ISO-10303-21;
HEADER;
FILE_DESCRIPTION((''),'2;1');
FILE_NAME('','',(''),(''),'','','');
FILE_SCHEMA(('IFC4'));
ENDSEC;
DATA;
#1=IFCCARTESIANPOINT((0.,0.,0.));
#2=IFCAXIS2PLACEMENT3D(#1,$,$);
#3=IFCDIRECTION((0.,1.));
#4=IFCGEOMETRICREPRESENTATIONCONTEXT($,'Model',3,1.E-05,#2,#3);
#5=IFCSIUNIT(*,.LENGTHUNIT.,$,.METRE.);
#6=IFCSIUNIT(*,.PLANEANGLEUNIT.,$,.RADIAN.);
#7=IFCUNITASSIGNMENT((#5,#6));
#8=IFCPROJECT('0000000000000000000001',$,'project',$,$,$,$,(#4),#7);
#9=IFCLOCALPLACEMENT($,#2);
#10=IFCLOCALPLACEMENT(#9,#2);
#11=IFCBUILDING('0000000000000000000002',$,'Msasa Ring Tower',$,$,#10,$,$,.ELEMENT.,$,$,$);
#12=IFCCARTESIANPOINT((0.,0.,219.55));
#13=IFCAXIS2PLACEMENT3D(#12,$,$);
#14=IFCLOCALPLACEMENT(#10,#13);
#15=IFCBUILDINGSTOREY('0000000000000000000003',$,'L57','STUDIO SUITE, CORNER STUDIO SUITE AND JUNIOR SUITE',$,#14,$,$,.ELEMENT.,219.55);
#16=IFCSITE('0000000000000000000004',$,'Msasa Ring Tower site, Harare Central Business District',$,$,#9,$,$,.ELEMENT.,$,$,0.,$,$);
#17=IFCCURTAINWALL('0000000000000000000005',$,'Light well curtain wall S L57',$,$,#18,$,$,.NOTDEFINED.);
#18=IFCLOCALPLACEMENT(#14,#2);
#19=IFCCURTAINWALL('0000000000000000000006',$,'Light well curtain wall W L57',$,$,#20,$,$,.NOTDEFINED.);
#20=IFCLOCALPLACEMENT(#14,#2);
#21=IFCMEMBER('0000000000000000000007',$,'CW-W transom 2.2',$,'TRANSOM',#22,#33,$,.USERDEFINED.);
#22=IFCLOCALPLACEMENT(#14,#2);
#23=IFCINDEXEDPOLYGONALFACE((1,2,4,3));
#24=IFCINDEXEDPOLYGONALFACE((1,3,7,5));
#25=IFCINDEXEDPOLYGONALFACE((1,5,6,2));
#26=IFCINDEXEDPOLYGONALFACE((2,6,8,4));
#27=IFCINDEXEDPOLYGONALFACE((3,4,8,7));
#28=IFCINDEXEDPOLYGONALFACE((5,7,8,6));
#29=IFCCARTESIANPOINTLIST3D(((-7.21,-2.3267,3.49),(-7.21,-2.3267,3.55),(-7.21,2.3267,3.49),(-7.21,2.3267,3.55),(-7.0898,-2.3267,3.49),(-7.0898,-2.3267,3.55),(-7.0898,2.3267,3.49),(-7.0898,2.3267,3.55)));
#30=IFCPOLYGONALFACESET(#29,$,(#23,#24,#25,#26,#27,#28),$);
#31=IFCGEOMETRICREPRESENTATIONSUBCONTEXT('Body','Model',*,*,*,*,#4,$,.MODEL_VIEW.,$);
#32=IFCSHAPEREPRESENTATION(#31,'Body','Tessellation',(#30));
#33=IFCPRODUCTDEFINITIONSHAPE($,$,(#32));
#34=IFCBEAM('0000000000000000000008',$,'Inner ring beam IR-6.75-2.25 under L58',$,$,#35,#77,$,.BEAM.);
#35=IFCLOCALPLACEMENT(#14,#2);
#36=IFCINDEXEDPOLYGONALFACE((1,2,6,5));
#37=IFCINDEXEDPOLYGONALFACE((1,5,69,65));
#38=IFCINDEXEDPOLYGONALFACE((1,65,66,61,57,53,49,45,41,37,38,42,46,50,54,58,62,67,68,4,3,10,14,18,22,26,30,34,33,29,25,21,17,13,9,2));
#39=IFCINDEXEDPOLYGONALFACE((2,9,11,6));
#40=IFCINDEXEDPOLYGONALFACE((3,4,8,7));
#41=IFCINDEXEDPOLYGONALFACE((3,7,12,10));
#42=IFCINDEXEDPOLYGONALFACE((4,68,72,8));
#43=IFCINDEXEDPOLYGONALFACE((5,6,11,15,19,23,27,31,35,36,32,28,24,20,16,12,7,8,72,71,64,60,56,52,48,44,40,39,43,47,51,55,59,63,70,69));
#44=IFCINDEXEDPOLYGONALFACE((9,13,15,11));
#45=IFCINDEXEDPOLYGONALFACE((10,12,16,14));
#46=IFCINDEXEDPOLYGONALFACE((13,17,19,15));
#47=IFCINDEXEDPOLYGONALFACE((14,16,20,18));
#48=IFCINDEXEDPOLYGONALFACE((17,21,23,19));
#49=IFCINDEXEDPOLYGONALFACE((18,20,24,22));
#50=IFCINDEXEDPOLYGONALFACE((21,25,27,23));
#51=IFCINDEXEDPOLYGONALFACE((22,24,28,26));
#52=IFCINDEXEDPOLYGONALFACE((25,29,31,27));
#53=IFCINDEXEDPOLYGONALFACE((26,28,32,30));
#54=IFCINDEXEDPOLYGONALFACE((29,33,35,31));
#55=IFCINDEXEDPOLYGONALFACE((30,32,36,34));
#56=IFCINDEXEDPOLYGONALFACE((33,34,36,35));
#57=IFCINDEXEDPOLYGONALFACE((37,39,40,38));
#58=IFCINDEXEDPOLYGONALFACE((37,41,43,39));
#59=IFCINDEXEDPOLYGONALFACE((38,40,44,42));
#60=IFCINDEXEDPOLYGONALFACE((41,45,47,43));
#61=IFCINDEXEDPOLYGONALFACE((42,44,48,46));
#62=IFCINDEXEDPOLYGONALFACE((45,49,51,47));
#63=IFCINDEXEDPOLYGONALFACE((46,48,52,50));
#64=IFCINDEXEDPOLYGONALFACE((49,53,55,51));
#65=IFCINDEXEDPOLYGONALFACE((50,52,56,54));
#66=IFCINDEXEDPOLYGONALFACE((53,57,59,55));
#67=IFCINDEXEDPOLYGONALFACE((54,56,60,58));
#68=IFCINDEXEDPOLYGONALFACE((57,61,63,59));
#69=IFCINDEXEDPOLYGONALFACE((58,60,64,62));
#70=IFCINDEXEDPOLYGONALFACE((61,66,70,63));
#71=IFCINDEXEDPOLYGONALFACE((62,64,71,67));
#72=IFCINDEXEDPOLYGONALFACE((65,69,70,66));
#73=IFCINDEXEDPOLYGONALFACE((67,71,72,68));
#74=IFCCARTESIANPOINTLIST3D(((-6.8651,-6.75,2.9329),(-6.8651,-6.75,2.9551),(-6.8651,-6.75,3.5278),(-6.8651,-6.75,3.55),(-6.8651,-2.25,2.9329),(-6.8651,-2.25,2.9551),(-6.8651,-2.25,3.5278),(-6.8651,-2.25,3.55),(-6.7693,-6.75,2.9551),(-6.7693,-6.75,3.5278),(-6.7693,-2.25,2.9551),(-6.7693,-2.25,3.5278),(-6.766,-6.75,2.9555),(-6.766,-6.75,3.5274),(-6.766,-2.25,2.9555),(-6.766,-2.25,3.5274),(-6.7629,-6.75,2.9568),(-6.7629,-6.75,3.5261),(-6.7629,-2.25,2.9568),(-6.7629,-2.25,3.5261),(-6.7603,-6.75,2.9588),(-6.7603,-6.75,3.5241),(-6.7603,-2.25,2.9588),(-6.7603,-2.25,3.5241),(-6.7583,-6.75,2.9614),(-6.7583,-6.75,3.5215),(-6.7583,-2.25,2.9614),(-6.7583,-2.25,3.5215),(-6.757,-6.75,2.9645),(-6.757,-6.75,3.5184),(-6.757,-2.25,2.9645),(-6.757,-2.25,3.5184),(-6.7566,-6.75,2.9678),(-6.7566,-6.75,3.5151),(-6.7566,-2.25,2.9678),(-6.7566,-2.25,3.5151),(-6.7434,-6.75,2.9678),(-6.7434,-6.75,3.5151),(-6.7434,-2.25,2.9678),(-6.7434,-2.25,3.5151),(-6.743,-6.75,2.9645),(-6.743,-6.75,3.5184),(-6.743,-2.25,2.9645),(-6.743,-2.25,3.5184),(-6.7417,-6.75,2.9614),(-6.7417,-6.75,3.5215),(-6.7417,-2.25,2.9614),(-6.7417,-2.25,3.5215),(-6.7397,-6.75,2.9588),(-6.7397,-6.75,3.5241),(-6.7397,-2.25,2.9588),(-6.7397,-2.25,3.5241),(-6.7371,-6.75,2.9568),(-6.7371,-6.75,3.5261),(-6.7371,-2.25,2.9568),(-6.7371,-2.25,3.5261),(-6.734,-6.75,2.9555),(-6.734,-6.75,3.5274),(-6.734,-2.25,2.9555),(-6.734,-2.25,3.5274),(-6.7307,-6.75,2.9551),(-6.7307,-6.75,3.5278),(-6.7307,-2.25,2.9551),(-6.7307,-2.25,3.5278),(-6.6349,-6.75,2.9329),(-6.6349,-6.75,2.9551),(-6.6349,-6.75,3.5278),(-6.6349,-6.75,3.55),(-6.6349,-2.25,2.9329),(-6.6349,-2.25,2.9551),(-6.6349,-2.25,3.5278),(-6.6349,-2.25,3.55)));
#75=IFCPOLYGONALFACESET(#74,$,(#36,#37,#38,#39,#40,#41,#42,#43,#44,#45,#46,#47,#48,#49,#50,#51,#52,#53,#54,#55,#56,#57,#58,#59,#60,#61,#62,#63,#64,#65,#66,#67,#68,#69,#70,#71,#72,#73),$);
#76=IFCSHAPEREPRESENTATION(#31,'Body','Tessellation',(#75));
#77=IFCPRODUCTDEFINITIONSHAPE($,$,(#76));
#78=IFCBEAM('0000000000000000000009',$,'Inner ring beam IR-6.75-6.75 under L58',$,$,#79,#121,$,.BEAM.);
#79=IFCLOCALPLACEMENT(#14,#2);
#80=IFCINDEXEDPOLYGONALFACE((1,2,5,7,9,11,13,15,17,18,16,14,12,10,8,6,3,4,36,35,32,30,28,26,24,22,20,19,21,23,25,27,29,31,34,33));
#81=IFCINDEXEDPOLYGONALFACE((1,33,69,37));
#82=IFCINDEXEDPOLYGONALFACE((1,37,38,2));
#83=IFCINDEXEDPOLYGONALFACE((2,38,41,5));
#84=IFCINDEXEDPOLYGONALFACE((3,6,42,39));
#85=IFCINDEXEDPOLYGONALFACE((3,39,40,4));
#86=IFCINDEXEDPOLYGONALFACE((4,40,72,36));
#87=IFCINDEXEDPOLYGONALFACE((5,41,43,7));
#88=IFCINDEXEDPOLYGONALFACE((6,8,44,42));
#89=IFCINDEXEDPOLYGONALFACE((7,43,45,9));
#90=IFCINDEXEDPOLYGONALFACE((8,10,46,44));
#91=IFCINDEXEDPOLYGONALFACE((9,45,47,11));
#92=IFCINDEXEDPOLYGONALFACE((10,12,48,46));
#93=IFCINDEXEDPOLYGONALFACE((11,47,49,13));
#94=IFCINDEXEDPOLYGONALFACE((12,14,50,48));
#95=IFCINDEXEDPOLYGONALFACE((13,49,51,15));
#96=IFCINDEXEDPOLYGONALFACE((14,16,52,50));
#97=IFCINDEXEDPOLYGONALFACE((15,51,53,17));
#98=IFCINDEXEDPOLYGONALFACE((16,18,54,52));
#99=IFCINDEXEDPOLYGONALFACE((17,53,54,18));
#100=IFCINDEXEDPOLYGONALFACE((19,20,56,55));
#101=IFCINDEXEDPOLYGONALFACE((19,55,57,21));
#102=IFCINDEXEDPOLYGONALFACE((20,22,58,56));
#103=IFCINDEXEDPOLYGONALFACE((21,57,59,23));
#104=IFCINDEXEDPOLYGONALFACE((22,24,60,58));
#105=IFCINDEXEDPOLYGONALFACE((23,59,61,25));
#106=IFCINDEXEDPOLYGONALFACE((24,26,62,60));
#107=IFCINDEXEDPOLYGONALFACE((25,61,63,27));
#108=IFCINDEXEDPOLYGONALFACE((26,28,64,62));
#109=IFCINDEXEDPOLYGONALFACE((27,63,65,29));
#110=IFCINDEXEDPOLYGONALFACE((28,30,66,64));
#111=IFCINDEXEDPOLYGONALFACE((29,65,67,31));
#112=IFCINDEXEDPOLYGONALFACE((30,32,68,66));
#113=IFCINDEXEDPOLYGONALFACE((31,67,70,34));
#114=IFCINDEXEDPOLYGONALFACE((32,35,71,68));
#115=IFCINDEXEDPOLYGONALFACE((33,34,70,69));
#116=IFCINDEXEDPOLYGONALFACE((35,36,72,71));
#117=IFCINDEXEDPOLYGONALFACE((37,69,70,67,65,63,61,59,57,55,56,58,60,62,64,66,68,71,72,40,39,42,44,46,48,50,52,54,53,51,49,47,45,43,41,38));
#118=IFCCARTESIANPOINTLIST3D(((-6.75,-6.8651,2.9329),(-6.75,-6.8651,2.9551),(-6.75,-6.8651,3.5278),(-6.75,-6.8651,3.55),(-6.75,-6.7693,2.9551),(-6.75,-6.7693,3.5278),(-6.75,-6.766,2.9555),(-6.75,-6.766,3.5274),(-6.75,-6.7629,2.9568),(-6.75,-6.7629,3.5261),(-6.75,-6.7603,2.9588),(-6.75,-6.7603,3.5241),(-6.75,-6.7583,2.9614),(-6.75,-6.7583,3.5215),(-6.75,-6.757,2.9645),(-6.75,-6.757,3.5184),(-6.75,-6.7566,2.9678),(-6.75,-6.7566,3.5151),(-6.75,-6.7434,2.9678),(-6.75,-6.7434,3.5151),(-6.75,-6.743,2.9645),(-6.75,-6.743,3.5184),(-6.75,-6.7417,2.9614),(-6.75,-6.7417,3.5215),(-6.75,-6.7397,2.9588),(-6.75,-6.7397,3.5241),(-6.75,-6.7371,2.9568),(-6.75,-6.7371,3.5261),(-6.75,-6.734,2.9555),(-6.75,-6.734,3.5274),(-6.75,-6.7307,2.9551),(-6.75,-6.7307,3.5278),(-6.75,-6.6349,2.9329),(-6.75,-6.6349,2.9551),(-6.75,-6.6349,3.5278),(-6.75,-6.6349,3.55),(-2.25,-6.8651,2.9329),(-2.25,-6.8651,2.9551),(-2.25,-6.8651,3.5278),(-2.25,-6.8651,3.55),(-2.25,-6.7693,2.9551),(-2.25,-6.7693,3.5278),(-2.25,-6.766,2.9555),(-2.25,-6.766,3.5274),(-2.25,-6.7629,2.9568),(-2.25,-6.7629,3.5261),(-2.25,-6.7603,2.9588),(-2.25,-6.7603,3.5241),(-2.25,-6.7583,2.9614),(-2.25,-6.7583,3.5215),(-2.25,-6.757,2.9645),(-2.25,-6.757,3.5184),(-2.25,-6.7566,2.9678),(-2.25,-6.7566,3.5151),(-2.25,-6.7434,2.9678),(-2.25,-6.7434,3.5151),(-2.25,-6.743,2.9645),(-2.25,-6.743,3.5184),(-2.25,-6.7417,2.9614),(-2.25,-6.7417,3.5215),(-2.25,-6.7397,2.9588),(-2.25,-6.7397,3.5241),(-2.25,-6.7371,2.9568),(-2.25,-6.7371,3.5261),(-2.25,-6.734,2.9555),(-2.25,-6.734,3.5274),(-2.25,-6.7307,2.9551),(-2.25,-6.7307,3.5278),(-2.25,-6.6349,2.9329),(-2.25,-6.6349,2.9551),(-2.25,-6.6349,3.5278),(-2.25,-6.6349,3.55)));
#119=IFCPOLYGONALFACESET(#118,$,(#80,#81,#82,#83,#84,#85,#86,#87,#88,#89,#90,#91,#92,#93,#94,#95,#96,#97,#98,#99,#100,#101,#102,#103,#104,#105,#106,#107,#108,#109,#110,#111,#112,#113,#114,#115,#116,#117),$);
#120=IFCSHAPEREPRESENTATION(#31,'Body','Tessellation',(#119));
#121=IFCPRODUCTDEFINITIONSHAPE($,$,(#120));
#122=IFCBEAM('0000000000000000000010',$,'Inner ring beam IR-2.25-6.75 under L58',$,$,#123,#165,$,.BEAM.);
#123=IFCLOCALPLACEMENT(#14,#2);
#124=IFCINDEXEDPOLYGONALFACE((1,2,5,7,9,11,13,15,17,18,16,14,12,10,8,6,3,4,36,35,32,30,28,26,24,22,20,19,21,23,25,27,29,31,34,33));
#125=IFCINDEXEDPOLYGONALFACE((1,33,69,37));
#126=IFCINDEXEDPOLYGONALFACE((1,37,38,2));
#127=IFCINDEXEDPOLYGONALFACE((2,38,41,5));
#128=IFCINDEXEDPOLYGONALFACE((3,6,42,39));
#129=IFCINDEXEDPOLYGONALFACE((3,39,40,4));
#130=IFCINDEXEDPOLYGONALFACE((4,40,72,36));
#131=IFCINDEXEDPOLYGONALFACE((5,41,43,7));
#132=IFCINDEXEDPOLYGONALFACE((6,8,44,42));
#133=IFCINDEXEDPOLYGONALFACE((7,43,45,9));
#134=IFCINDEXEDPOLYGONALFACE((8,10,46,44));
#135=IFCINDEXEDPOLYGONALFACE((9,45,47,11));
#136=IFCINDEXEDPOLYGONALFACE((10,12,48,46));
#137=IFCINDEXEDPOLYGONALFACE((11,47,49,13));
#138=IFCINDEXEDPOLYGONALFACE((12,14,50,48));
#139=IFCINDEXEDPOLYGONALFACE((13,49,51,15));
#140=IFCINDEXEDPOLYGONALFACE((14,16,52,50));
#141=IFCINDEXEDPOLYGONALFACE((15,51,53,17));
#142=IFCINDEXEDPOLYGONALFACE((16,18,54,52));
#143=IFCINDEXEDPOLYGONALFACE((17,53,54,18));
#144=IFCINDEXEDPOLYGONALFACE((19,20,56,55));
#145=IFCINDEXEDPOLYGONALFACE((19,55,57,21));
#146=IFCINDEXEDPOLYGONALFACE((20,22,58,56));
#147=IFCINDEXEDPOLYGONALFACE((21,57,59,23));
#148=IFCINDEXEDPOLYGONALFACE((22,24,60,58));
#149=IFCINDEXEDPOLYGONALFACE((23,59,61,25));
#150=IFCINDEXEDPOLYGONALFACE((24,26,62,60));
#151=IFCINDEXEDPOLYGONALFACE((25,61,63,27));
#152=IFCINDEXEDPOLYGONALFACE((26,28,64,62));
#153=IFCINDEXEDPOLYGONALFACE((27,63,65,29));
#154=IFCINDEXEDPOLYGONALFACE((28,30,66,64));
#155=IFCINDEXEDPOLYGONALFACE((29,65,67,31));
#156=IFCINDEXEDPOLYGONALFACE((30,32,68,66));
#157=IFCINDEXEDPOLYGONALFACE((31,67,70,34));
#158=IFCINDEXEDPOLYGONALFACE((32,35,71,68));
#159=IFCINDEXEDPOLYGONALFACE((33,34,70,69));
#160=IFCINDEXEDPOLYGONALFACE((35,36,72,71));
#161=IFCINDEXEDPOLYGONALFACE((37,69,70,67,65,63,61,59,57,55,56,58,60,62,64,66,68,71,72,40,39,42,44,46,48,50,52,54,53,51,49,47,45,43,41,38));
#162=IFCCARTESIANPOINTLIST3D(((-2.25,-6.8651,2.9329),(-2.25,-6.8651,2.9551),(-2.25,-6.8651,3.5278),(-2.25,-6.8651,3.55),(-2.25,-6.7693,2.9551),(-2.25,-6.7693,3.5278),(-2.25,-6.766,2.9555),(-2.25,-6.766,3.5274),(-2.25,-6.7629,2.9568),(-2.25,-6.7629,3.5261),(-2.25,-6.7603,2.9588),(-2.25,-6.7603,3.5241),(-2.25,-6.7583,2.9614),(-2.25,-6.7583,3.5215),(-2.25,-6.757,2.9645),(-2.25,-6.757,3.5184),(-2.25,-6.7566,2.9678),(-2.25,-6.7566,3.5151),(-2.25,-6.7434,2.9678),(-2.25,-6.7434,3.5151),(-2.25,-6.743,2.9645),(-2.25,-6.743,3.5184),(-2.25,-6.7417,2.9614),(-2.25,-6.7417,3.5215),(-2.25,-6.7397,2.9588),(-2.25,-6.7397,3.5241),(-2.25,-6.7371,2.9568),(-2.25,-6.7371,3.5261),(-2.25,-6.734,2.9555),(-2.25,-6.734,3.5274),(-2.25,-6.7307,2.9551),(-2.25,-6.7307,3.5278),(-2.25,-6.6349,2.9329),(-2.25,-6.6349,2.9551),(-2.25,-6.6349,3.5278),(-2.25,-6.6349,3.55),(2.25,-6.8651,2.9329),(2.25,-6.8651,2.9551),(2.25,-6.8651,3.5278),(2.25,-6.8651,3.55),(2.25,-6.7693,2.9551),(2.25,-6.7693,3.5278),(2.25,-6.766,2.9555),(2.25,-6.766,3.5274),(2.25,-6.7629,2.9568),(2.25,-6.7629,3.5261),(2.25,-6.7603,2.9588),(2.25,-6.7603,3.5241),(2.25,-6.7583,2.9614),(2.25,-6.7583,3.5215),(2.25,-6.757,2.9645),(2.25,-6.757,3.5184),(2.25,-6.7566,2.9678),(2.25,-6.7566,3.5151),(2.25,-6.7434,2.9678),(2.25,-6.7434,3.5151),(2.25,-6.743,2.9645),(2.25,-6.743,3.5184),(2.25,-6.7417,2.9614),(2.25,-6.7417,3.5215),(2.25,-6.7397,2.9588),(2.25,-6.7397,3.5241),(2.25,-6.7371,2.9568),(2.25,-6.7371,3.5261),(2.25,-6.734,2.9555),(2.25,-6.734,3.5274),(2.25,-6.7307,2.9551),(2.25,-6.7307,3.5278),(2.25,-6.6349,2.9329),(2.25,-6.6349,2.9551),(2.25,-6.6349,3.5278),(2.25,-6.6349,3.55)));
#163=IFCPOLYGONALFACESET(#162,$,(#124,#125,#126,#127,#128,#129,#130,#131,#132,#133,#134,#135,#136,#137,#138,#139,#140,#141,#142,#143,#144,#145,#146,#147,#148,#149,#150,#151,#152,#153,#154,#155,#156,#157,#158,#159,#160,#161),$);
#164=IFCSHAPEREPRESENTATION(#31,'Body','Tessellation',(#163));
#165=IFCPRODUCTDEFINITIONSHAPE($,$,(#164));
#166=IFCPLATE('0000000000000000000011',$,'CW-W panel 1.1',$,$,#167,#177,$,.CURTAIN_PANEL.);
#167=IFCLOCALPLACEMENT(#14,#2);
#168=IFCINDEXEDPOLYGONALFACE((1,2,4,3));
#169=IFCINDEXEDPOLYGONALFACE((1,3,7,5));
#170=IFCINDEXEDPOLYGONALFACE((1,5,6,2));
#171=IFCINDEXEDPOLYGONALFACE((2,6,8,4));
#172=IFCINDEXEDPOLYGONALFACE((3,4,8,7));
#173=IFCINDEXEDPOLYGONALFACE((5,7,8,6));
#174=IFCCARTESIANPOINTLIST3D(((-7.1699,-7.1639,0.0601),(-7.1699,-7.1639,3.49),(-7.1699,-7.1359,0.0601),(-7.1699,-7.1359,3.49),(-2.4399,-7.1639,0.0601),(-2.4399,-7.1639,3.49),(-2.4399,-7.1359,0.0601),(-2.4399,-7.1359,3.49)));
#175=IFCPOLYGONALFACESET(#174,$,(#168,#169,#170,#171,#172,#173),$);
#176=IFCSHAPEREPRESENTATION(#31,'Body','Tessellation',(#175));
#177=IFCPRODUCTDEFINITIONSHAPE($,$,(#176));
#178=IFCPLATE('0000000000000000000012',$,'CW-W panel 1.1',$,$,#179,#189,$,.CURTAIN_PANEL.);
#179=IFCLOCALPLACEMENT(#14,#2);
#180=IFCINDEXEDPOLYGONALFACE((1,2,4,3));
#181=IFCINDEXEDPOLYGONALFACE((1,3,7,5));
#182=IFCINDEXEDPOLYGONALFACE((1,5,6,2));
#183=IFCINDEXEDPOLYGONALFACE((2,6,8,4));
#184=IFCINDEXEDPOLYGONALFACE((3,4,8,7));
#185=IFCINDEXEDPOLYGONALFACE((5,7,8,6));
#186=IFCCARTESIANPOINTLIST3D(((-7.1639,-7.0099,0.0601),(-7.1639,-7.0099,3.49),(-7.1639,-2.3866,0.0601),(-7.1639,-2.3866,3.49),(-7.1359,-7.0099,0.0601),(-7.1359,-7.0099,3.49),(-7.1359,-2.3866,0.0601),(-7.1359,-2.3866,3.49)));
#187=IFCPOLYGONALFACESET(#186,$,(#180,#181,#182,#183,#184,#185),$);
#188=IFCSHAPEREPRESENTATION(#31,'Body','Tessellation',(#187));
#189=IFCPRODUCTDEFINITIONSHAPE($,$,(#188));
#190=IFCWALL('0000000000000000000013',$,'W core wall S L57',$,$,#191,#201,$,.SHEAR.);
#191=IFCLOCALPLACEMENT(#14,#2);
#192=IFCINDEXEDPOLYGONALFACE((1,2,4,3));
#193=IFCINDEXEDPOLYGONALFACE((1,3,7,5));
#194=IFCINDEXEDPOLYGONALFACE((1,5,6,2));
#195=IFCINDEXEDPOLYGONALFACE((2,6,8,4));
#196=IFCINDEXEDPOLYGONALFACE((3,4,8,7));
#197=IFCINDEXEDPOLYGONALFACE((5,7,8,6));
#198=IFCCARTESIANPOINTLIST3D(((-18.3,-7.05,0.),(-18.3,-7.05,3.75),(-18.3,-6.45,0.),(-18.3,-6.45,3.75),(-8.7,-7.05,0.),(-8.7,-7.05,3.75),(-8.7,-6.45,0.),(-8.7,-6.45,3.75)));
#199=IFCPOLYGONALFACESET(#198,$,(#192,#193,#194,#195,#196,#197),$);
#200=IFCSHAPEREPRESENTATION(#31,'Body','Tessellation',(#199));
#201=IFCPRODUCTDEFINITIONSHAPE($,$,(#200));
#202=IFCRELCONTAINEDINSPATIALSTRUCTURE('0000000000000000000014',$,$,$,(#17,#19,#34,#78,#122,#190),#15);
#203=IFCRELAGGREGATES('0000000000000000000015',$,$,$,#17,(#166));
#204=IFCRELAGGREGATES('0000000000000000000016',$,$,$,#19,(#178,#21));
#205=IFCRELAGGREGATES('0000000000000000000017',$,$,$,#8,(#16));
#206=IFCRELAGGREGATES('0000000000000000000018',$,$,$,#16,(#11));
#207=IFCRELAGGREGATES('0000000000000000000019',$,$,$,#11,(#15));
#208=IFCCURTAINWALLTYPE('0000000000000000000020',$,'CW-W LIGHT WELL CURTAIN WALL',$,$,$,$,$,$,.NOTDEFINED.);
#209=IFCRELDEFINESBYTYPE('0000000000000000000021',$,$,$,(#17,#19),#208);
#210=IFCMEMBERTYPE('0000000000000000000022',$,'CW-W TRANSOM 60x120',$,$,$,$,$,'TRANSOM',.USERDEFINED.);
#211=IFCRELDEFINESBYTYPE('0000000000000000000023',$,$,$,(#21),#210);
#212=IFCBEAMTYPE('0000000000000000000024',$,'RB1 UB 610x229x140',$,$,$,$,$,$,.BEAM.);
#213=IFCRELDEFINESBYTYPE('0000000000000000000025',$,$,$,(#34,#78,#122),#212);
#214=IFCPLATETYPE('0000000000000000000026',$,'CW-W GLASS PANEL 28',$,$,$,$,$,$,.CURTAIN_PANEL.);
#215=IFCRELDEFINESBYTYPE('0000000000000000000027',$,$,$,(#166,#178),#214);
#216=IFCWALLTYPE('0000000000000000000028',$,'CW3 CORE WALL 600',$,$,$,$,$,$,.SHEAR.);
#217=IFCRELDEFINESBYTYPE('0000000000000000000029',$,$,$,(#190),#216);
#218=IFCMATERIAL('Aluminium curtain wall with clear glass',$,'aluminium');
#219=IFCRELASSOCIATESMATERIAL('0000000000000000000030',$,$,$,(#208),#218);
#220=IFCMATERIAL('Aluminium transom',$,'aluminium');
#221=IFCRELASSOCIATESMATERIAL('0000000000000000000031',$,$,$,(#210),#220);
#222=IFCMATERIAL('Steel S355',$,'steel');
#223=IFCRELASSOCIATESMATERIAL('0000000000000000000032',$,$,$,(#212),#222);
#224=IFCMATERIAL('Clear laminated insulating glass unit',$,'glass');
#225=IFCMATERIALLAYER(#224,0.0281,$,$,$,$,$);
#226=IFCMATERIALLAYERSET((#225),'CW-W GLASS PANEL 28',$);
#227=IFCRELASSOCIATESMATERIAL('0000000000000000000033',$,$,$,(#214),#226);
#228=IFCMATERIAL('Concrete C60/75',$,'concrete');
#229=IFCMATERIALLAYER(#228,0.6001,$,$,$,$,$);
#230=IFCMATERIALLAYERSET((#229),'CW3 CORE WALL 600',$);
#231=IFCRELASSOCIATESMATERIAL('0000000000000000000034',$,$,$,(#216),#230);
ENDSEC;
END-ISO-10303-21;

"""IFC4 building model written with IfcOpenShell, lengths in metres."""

from ifc_helpers import new_model, si_unit, direction, frame, frame_2d, origin, origin_2d, place, context, subcontext, project, spatial, rectangle, i_section, extrude, material, layer, layer_set, material_profile, profile_set, type_object, element, aggregate, save


model = new_model("IFC4")

# Units and contexts
model_context = context("Model", 3, precision=1e-05, world=origin(), true_north=direction((0.0, 1.0)))
body_context = subcontext(model_context, "Body", "Model", "MODEL_VIEW")
ifc_project = project(units=[si_unit("LENGTHUNIT", "METRE"), si_unit("PLANEANGLEUNIT", "RADIAN")], contexts=[model_context])

# Site, building, storey
site_placement = place(None, origin())
site = spatial("IfcSite", under=ifc_project, at=site_placement, Name="Msasa Ring Tower site, Harare Central Business District", CompositionType="ELEMENT", RefElevation=0.0)
building_placement = place(site_placement, origin())
building = spatial("IfcBuilding", under=site, at=building_placement, Name="Msasa Ring Tower", CompositionType="ELEMENT")
storey_placement = place(building_placement, frame((0.0, 0.0, 219.55)))
storey = spatial("IfcBuildingStorey", under=building, at=storey_placement, Name="L57", Description="STUDIO SUITE, CORNER STUDIO SUITE AND JUNIOR SUITE", CompositionType="ELEMENT", Elevation=219.55)

# Curtain walls
ifc_material_1 = material(Name="Aluminium curtain wall with clear glass", Category="aluminium")
curtain_wall_type = type_object("IfcCurtainWallType", Name="CW-W LIGHT WELL CURTAIN WALL", PredefinedType="NOTDEFINED", material=ifc_material_1)
curtain_wall_1_placement = place(storey_placement, origin())
curtain_wall_1 = element("IfcCurtainWall", 1, at=curtain_wall_1_placement, inside=storey, type_object=curtain_wall_type, Name="Light well curtain wall S L57", PredefinedType="NOTDEFINED")
curtain_wall_2_placement = place(storey_placement, origin())
curtain_wall_2 = element("IfcCurtainWall", 2, at=curtain_wall_2_placement, inside=storey, type_object=curtain_wall_type, Name="Light well curtain wall W L57", PredefinedType="NOTDEFINED")

# Member
ifc_material_2 = material(Name="Aluminium transom", Category="aluminium")
ifc_material_profile_1 = material_profile(ifc_material_2, rectangle(XDim=0.1201, YDim=0.0601, at=origin_2d()), Name="AL 60x120")
ifc_profile_set_1 = profile_set([ifc_material_profile_1], Name="Aluminium transom")
member_type_1 = type_object("IfcMemberType", Name="CW-W TRANSOM 60x120", ElementType="TRANSOM", PredefinedType="USERDEFINED", material=ifc_profile_set_1)
member_1_placement = place(storey_placement, frame((-7.1499, -2.3267, 3.52), z_axis=(0.0, 1.0, 0.0), x_axis=(-1.0, 0.0, 0.0)))
member_1 = element("IfcMember", 3, at=member_1_placement, type_object=member_type_1, Name="CW-W transom 2.2", ObjectType="TRANSOM", PredefinedType="USERDEFINED", context=body_context, shape_type="SweptSolid", body=[
    extrude(rectangle(XDim=0.1201, YDim=0.0601, at=origin_2d()), origin(), (0.0, 0.0, 1.0), 4.6533),
])

# Beams
ifc_material_3 = material(Name="Steel S355", Category="steel")
ifc_material_profile_2 = material_profile(ifc_material_3, i_section(OverallWidth=0.2302, OverallDepth=0.6172, WebThickness=0.0132, FlangeThickness=0.0222, FilletRadius=0.0127, at=origin_2d()), Name="UB 610x229x140")
ifc_profile_set_2 = profile_set([ifc_material_profile_2], Name="Steel S355")
beam_type = type_object("IfcBeamType", Name="RB1 UB 610x229x140", PredefinedType="BEAM", material=ifc_profile_set_2)
for number, where, z_axis, x_axis, name in (
    (4, (-6.75, -2.25, 3.2415), (0.0, -1.0, 0.0), (1.0, 0.0, 0.0), "Inner ring beam IR-6.75-2.25 under L58"),
    (5, (-6.75, -6.75, 3.2415), (1.0, 0.0, 0.0), (0.0, 1.0, 0.0), "Inner ring beam IR-6.75-6.75 under L58"),
    (6, (-2.25, -6.75, 3.2415), (1.0, 0.0, 0.0), (0.0, 1.0, 0.0), "Inner ring beam IR-2.25-6.75 under L58"),
):
    element("IfcBeam", number, at=place(storey_placement, frame(where, z_axis=z_axis, x_axis=x_axis)), inside=storey, type_object=beam_type, Name=name, PredefinedType="BEAM", context=body_context, shape_type="SweptSolid", body=[
        extrude(i_section(OverallWidth=0.2302, OverallDepth=0.6172, WebThickness=0.0132, FlangeThickness=0.0222, FilletRadius=0.0127, at=origin_2d()), origin(), (0.0, 0.0, 1.0), 4.5),
    ])

# Plates
ifc_material_4 = material(Name="Clear laminated insulating glass unit", Category="glass")
ifc_layer_1 = layer(ifc_material_4, 0.0281)
ifc_layer_set_1 = layer_set([ifc_layer_1], Name="CW-W GLASS PANEL 28")
plate_type = type_object("IfcPlateType", Name="CW-W GLASS PANEL 28", PredefinedType="CURTAIN_PANEL", material=ifc_layer_set_1)
plate_1_placement = place(storey_placement, frame((-4.8049, -7.1499, 0.0601), z_axis=(0.0, 0.0, 1.0), x_axis=(1.0, 0.0, 0.0)))
plate_1 = element("IfcPlate", 7, at=plate_1_placement, type_object=plate_type, Name="CW-W panel 1.1", PredefinedType="CURTAIN_PANEL", context=body_context, shape_type="SweptSolid", body=[
    extrude(rectangle(XDim=4.73, YDim=0.0281, at=origin_2d()), origin(), (0.0, 0.0, 1.0), 3.4299),
])
aggregate(curtain_wall_1, [plate_1])
plate_2_placement = place(storey_placement, frame((-7.1499, -4.6982, 0.0601), z_axis=(0.0, 0.0, 1.0), x_axis=(0.0, 1.0, 0.0)))
plate_2 = element("IfcPlate", 8, at=plate_2_placement, type_object=plate_type, Name="CW-W panel 1.1", PredefinedType="CURTAIN_PANEL", context=body_context, shape_type="SweptSolid", body=[
    extrude(rectangle(XDim=4.6233, YDim=0.0281, at=origin_2d()), origin(), (0.0, 0.0, 1.0), 3.4299),
])
aggregate(curtain_wall_2, [plate_2, member_1])

# Wall
ifc_material_5 = material(Name="Concrete C60/75", Category="concrete")
ifc_layer_2 = layer(ifc_material_5, 0.6001)
ifc_layer_set_2 = layer_set([ifc_layer_2], Name="CW3 CORE WALL 600")
wall_type_1 = type_object("IfcWallType", Name="CW3 CORE WALL 600", PredefinedType="SHEAR", material=ifc_layer_set_2)
wall_1_placement = place(storey_placement, frame((-8.7, -6.75, 0.0), z_axis=(0.0, 0.0, 1.0), x_axis=(-1.0, 0.0, 0.0)))
element("IfcWall", 9, at=wall_1_placement, inside=storey, type_object=wall_type_1, Name="W core wall S L57", PredefinedType="SHEAR", context=body_context, shape_type="SweptSolid", body=[
    extrude(rectangle(XDim=9.6001, YDim=0.6001, at=frame_2d((4.8, 0.0))), origin(), (0.0, 0.0, 1.0), 3.75),
])

save(model, "model.ifc")
